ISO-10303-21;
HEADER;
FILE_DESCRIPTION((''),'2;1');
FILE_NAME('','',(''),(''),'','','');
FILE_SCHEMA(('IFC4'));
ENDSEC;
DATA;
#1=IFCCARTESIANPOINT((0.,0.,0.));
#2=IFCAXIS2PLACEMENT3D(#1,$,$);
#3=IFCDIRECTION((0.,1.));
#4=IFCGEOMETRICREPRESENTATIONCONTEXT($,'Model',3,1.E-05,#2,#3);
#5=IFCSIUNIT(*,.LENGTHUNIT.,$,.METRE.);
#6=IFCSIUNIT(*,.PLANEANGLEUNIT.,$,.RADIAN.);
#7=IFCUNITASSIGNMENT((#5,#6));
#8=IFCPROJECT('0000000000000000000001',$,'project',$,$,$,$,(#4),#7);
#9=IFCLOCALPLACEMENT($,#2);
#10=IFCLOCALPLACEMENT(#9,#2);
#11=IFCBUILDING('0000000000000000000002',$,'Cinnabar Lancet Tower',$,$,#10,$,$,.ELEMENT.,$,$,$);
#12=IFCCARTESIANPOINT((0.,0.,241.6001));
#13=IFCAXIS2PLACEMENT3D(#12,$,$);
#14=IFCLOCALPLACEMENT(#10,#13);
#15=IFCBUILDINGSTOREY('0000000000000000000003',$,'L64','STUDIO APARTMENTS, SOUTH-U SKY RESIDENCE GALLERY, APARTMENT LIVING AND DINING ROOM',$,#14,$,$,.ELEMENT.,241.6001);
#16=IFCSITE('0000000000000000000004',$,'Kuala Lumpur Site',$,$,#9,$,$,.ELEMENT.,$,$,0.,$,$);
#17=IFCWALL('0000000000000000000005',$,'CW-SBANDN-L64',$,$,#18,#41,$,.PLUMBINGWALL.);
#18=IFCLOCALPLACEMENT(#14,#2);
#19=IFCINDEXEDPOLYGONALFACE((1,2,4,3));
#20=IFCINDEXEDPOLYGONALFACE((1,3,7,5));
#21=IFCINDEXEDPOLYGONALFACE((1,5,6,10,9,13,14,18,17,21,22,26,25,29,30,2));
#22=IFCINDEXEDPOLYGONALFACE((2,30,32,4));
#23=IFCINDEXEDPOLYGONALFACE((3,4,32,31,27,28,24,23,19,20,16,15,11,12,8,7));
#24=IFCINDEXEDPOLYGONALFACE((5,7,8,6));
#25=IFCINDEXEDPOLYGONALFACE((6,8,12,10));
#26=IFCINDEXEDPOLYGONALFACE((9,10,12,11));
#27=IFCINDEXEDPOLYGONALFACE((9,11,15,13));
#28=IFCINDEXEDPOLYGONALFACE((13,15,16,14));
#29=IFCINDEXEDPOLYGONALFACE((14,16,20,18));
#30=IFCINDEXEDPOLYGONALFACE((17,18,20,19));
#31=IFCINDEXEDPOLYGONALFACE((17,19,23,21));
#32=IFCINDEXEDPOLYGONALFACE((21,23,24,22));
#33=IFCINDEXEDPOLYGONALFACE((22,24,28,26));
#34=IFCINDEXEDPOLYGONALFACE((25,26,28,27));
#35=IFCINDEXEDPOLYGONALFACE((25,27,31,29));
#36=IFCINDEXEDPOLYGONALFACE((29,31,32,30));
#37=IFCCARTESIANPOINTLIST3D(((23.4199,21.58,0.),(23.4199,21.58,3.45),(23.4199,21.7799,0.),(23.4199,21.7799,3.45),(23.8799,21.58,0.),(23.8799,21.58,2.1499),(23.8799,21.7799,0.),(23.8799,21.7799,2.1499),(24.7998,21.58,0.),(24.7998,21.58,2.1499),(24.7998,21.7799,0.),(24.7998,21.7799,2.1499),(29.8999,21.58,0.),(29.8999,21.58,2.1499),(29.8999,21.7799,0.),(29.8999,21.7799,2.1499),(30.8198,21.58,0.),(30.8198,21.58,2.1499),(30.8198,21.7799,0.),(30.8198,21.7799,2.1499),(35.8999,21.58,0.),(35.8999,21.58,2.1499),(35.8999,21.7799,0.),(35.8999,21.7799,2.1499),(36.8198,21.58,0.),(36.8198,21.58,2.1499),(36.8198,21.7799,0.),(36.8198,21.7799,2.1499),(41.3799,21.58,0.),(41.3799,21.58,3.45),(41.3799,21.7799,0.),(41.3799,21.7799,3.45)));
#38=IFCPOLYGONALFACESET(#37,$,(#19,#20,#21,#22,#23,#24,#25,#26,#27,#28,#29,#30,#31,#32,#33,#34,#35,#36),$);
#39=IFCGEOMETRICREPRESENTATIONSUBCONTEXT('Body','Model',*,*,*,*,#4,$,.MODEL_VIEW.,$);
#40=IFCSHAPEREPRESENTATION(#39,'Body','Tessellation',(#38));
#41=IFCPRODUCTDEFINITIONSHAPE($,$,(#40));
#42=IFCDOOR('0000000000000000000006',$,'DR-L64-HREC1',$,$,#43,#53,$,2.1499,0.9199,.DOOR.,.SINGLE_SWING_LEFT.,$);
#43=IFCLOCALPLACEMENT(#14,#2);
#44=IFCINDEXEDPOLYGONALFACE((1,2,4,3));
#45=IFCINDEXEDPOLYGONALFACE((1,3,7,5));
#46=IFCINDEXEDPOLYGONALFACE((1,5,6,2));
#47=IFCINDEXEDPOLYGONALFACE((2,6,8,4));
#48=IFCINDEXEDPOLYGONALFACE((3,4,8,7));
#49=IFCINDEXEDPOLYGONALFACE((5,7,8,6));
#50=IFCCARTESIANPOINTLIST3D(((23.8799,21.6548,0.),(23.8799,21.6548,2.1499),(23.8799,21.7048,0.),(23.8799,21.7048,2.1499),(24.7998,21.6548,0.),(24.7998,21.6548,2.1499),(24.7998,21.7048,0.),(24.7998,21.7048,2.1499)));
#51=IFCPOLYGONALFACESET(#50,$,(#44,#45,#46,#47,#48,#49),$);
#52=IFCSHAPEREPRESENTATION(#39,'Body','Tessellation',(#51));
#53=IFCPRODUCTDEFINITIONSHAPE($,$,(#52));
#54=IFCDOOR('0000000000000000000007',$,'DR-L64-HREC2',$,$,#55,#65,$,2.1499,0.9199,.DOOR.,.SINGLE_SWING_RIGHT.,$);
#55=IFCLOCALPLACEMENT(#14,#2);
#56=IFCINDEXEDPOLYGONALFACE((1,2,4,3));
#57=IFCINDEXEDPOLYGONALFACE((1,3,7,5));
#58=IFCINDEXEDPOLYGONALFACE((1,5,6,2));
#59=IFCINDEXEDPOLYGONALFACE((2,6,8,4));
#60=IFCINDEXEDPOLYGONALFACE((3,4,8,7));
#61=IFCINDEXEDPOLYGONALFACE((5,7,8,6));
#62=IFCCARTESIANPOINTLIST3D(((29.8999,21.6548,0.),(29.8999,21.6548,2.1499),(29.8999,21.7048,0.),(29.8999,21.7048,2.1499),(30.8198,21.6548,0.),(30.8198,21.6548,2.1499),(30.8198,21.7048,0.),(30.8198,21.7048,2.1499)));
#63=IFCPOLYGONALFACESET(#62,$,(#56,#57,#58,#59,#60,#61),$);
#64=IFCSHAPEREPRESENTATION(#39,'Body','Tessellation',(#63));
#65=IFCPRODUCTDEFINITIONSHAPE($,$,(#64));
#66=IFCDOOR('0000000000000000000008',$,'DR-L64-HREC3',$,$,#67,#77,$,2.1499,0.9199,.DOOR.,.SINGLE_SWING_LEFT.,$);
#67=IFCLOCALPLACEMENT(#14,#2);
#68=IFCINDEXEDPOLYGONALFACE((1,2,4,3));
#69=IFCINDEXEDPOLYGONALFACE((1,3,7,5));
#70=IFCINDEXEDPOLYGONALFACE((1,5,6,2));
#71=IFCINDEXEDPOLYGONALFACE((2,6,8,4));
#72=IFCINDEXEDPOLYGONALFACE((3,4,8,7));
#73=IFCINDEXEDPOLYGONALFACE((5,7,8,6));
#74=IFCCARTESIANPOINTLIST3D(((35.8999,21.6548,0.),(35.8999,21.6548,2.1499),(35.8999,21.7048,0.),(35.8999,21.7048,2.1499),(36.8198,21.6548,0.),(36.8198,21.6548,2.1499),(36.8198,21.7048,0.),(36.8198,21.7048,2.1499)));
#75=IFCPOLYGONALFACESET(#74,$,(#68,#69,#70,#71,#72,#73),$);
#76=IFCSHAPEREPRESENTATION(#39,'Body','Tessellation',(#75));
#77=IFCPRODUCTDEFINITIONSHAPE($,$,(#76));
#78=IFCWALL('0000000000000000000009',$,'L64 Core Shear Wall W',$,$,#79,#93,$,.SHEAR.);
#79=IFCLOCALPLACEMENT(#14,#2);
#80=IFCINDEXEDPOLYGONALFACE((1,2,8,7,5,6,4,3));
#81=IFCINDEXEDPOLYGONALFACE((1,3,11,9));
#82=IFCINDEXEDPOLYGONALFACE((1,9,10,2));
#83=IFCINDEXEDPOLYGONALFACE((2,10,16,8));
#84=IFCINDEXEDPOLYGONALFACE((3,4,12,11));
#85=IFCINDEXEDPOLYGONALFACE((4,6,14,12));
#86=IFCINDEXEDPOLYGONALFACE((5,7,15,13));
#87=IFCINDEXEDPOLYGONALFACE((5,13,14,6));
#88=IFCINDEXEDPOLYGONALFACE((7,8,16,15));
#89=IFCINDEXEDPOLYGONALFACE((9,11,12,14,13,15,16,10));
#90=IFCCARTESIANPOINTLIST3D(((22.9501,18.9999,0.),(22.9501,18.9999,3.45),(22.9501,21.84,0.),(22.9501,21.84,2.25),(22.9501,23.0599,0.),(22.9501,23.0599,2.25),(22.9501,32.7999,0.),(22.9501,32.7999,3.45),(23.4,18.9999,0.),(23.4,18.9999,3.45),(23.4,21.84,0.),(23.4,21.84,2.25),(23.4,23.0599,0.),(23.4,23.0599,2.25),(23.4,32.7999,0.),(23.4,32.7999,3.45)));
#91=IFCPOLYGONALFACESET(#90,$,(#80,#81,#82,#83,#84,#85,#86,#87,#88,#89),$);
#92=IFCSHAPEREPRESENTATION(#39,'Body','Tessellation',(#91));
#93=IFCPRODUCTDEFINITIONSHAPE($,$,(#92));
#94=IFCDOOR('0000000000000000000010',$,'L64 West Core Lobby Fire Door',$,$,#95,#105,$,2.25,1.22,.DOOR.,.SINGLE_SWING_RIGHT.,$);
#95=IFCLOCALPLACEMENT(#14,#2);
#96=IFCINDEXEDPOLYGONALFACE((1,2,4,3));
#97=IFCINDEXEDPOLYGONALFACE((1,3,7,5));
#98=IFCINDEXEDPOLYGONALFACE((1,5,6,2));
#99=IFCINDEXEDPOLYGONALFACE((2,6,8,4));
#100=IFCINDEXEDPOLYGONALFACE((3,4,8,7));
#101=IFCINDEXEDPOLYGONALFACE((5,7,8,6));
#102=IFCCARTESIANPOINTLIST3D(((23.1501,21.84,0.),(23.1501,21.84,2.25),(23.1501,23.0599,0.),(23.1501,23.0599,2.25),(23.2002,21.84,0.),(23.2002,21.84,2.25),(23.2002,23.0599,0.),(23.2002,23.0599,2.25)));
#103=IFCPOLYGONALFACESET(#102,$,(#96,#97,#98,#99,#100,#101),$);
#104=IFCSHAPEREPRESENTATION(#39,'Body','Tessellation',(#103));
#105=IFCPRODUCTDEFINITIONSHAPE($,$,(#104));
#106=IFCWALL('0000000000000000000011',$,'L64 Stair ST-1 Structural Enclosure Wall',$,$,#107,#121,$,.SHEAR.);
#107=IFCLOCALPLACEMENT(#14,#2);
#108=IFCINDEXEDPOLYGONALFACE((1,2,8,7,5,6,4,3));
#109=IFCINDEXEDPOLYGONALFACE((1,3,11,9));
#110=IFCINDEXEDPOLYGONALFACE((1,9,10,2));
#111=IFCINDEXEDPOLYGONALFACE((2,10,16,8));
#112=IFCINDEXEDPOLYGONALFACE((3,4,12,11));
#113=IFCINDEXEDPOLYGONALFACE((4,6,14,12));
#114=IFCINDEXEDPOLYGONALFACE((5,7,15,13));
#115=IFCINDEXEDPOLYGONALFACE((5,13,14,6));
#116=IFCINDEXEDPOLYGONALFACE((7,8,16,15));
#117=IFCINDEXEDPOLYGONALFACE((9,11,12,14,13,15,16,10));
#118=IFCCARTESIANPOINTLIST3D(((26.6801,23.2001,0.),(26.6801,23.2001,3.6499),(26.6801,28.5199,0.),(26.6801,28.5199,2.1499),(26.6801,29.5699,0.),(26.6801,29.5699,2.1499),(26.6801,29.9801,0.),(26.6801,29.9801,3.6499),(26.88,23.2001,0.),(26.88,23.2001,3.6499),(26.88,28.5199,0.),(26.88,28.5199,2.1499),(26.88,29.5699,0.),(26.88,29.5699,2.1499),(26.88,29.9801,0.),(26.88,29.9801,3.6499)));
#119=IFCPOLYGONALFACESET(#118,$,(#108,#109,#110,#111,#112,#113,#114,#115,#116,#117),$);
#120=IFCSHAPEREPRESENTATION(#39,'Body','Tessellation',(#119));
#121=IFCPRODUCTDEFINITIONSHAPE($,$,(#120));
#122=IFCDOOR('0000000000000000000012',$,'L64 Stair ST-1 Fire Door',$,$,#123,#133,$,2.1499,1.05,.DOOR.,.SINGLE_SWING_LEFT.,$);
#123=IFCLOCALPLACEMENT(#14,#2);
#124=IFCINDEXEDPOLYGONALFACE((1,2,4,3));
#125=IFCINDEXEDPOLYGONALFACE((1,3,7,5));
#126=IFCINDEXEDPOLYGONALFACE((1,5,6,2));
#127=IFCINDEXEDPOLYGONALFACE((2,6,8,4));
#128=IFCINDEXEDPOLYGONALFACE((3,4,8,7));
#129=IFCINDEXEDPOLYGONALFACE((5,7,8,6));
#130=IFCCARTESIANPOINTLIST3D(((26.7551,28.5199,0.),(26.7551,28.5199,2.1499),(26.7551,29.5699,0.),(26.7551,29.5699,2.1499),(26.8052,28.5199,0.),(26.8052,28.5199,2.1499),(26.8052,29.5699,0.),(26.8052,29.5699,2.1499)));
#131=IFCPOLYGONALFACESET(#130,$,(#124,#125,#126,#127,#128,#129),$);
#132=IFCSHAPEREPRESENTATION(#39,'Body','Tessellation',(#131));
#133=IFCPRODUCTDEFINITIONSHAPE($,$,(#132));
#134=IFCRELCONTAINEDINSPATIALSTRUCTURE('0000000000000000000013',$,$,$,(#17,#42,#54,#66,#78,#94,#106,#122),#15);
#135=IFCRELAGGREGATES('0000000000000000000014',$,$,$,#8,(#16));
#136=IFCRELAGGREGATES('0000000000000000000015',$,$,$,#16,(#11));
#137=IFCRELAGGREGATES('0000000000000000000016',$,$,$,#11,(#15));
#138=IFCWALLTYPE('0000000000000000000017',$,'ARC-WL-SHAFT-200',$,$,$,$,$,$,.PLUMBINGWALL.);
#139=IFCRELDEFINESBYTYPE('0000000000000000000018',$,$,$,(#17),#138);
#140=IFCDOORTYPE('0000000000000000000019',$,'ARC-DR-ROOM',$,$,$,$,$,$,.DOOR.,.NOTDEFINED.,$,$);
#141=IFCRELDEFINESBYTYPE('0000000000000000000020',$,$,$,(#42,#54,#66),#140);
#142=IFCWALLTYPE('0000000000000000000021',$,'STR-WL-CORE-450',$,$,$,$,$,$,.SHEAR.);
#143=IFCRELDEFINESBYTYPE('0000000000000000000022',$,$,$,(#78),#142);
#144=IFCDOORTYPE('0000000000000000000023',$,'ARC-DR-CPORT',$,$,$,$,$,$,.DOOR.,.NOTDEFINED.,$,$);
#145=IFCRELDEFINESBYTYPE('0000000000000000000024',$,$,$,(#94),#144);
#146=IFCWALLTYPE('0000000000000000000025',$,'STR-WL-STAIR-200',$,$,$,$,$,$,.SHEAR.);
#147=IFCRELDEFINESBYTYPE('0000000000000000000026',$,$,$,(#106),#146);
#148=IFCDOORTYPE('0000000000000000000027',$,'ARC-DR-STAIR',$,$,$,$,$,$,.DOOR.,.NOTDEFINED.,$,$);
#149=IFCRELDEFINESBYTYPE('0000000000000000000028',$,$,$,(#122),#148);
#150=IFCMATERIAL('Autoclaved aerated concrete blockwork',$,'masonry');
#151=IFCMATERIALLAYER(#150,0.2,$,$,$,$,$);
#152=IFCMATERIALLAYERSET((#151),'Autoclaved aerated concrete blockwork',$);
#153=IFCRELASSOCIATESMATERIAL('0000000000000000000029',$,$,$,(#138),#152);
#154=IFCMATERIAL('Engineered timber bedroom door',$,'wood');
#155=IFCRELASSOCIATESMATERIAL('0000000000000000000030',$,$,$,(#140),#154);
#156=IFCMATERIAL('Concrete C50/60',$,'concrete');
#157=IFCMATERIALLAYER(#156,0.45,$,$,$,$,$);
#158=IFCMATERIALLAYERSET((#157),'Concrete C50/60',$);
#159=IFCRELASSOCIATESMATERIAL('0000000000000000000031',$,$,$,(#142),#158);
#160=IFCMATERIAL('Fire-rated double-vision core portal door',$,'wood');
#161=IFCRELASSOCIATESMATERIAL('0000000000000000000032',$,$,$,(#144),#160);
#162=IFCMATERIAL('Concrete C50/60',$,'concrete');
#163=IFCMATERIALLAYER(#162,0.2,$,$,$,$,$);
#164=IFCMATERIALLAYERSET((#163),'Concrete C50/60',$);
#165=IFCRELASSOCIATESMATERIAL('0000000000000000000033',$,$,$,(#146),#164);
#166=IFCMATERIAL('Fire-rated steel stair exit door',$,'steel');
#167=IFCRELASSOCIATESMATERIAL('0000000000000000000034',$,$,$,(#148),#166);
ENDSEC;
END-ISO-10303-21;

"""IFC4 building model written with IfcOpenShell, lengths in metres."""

from ifc_helpers import new_model, si_unit, direction, frame, frame_2d, origin, place, context, subcontext, project, spatial, rectangle, extrude, material, layer, layer_set, type_object, element, fill, save


model = new_model("IFC4")

# Units and contexts
model_context = context("Model", 3, precision=1e-05, world=origin(), true_north=direction((0.0, 1.0)))
body_context = subcontext(model_context, "Body", "Model", "MODEL_VIEW")
ifc_project = project(units=[si_unit("LENGTHUNIT", "METRE"), si_unit("PLANEANGLEUNIT", "RADIAN")], contexts=[model_context])

# Site, building, storey
site_placement = place(None, origin())
site = spatial("IfcSite", under=ifc_project, at=site_placement, Name="Kuala Lumpur Site", CompositionType="ELEMENT", RefElevation=0.0)
building_placement = place(site_placement, origin())
building = spatial("IfcBuilding", under=site, at=building_placement, Name="Cinnabar Lancet Tower", CompositionType="ELEMENT")
storey_placement = place(building_placement, frame((0.0, 0.0, 241.6001)))
storey = spatial("IfcBuildingStorey", under=building, at=storey_placement, Name="L64", Description="STUDIO APARTMENTS, SOUTH-U SKY RESIDENCE GALLERY, APARTMENT LIVING AND DINING ROOM", CompositionType="ELEMENT", Elevation=241.6001)

# Shared definitions
ifc_material_1 = material(Name="Autoclaved aerated concrete blockwork", Category="masonry")
ifc_layer_1 = layer(ifc_material_1, 0.2)
ifc_layer_set_1 = layer_set([ifc_layer_1], Name="Autoclaved aerated concrete blockwork")
wall_type_1 = type_object("IfcWallType", Name="ARC-WL-SHAFT-200", PredefinedType="PLUMBINGWALL", material=ifc_layer_set_1)

# Wall, openings, doors
wall_1_placement = place(storey_placement, frame((23.4199, 21.6799, 0.0), z_axis=(0.0, 0.0, 1.0), x_axis=(1.0, 0.0, 0.0)))
wall_1 = element("IfcWall", 1, at=wall_1_placement, inside=storey, type_object=wall_type_1, Name="CW-SBANDN-L64", PredefinedType="PLUMBINGWALL", context=body_context, shape_type="SweptSolid", body=[
    extrude(rectangle(XDim=17.96, YDim=0.2, at=frame_2d((8.98, 0.0))), origin(), (0.0, 0.0, 1.0), 3.45),
])
opening_1_placement = place(wall_1_placement, frame((0.46, 0.0, 0.0)))
opening_1 = element("IfcOpeningElement", 2, at=opening_1_placement, cuts=wall_1, PredefinedType="OPENING", context=body_context, shape_type="SweptSolid", body=[
    extrude(rectangle(XDim=0.9199, YDim=2.1499, at=frame_2d((0.46, 1.075))), frame((0.0, 0.1099, 0.0), z_axis=(0.0, -1.0, 0.0), x_axis=(1.0, 0.0, 0.0)), (0.0, 0.0, 1.0), 0.22),
])
opening_2_placement = place(wall_1_placement, frame((6.48, 0.0, 0.0)))
opening_2 = element("IfcOpeningElement", 3, at=opening_2_placement, cuts=wall_1, PredefinedType="OPENING", context=body_context, shape_type="SweptSolid", body=[
    extrude(rectangle(XDim=0.9199, YDim=2.1499, at=frame_2d((0.46, 1.075))), frame((0.0, 0.1099, 0.0), z_axis=(0.0, -1.0, 0.0), x_axis=(1.0, 0.0, 0.0)), (0.0, 0.0, 1.0), 0.22),
])
opening_3_placement = place(wall_1_placement, frame((12.48, 0.0, 0.0)))
opening_3 = element("IfcOpeningElement", 4, at=opening_3_placement, cuts=wall_1, PredefinedType="OPENING", context=body_context, shape_type="SweptSolid", body=[
    extrude(rectangle(XDim=0.9199, YDim=2.1499, at=frame_2d((0.46, 1.075))), frame((0.0, 0.1099, 0.0), z_axis=(0.0, -1.0, 0.0), x_axis=(1.0, 0.0, 0.0)), (0.0, 0.0, 1.0), 0.22),
])
ifc_material_2 = material(Name="Engineered timber bedroom door", Category="wood")
door_type_1 = type_object("IfcDoorType", Name="ARC-DR-ROOM", OperationType="NOTDEFINED", PredefinedType="DOOR", material=ifc_material_2)
door_1_placement = place(opening_1_placement, origin())
door_1 = element("IfcDoor", 5, at=door_1_placement, inside=storey, type_object=door_type_1, Name="DR-L64-HREC1", OperationType="SINGLE_SWING_LEFT", OverallHeight=2.1499, OverallWidth=0.9199, PredefinedType="DOOR", context=body_context, shape_type="SweptSolid", body=[
    extrude(rectangle(XDim=0.9199, YDim=2.1499, at=frame_2d((0.46, 1.075))), frame((0.0, 0.0249, 0.0), z_axis=(0.0, -1.0, 0.0), x_axis=(1.0, 0.0, 0.0)), (0.0, 0.0, 1.0), 0.05),
])
fill(opening_1, door_1)
door_2_placement = place(opening_2_placement, origin())
door_2 = element("IfcDoor", 6, at=door_2_placement, inside=storey, type_object=door_type_1, Name="DR-L64-HREC2", OperationType="SINGLE_SWING_RIGHT", OverallHeight=2.1499, OverallWidth=0.9199, PredefinedType="DOOR", context=body_context, shape_type="SweptSolid", body=[
    extrude(rectangle(XDim=0.9199, YDim=2.1499, at=frame_2d((0.46, 1.075))), frame((0.0, 0.0249, 0.0), z_axis=(0.0, -1.0, 0.0), x_axis=(1.0, 0.0, 0.0)), (0.0, 0.0, 1.0), 0.05),
])
fill(opening_2, door_2)
door_3_placement = place(opening_3_placement, origin())
door_3 = element("IfcDoor", 7, at=door_3_placement, inside=storey, type_object=door_type_1, Name="DR-L64-HREC3", OperationType="SINGLE_SWING_LEFT", OverallHeight=2.1499, OverallWidth=0.9199, PredefinedType="DOOR", context=body_context, shape_type="SweptSolid", body=[
    extrude(rectangle(XDim=0.9199, YDim=2.1499, at=frame_2d((0.46, 1.075))), frame((0.0, 0.0249, 0.0), z_axis=(0.0, -1.0, 0.0), x_axis=(1.0, 0.0, 0.0)), (0.0, 0.0, 1.0), 0.05),
])
fill(opening_3, door_3)

# Walls, openings, doors
ifc_material_3 = material(Name="Concrete C50/60", Category="concrete")
ifc_layer_2 = layer(ifc_material_3, 0.45)
ifc_layer_set_2 = layer_set([ifc_layer_2], Name="Concrete C50/60")
wall_type_2 = type_object("IfcWallType", Name="STR-WL-CORE-450", PredefinedType="SHEAR", material=ifc_layer_set_2)
wall_2_placement = place(storey_placement, frame((23.175, 19.0, 0.0), z_axis=(0.0, 0.0, 1.0), x_axis=(0.0, 1.0, 0.0)))
wall_2 = element("IfcWall", 8, at=wall_2_placement, inside=storey, type_object=wall_type_2, Name="L64 Core Shear Wall W", PredefinedType="SHEAR", context=body_context, shape_type="SweptSolid", body=[
    extrude(rectangle(XDim=13.8, YDim=0.45, at=frame_2d((6.8999, 0.0))), origin(), (0.0, 0.0, 1.0), 3.45),
])
opening_4_placement = place(wall_2_placement, frame((2.8401, 0.0, 0.0)))
opening_4 = element("IfcOpeningElement", 9, at=opening_4_placement, cuts=wall_2, PredefinedType="OPENING", context=body_context, shape_type="SweptSolid", body=[
    extrude(rectangle(XDim=1.22, YDim=2.25, at=frame_2d((0.6099, 1.125))), frame((0.0, 0.2349, 0.0), z_axis=(0.0, -1.0, 0.0), x_axis=(1.0, 0.0, 0.0)), (0.0, 0.0, 1.0), 0.47),
])
ifc_material_4 = material(Name="Fire-rated double-vision core portal door", Category="wood")
door_type_2 = type_object("IfcDoorType", Name="ARC-DR-CPORT", OperationType="NOTDEFINED", PredefinedType="DOOR", material=ifc_material_4)
door_4_placement = place(opening_4_placement, origin())
door_4 = element("IfcDoor", 10, at=door_4_placement, inside=storey, type_object=door_type_2, Name="L64 West Core Lobby Fire Door", OperationType="SINGLE_SWING_RIGHT", OverallHeight=2.25, OverallWidth=1.22, PredefinedType="DOOR", context=body_context, shape_type="SweptSolid", body=[
    extrude(rectangle(XDim=1.22, YDim=2.25, at=frame_2d((0.6099, 1.125))), frame((0.0, 0.0249, 0.0), z_axis=(0.0, -1.0, 0.0), x_axis=(1.0, 0.0, 0.0)), (0.0, 0.0, 1.0), 0.05),
])
fill(opening_4, door_4)
ifc_material_5 = material(Name="Concrete C50/60", Category="concrete")
ifc_layer_3 = layer(ifc_material_5, 0.2)
ifc_layer_set_3 = layer_set([ifc_layer_3], Name="Concrete C50/60")
wall_type_3 = type_object("IfcWallType", Name="STR-WL-STAIR-200", PredefinedType="SHEAR", material=ifc_layer_set_3)
wall_3_placement = place(storey_placement, frame((26.78, 23.2, 0.0), z_axis=(0.0, 0.0, 1.0), x_axis=(0.0, 1.0, 0.0)))
wall_3 = element("IfcWall", 11, at=wall_3_placement, inside=storey, type_object=wall_type_3, Name="L64 Stair ST-1 Structural Enclosure Wall", PredefinedType="SHEAR", context=body_context, shape_type="SweptSolid", body=[
    extrude(rectangle(XDim=6.78, YDim=0.2, at=frame_2d((3.3901, 0.0))), origin(), (0.0, 0.0, 1.0), 3.6499),
])
opening_5_placement = place(wall_3_placement, frame((5.3201, 0.0, 0.0)))
opening_5 = element("IfcOpeningElement", 12, at=opening_5_placement, cuts=wall_3, PredefinedType="OPENING", context=body_context, shape_type="SweptSolid", body=[
    extrude(rectangle(XDim=1.05, YDim=2.1499, at=frame_2d((0.5249, 1.075))), frame((0.0, 0.1099, 0.0), z_axis=(0.0, -1.0, 0.0), x_axis=(1.0, 0.0, 0.0)), (0.0, 0.0, 1.0), 0.22),
])
ifc_material_6 = material(Name="Fire-rated steel stair exit door", Category="steel")
door_type_3 = type_object("IfcDoorType", Name="ARC-DR-STAIR", OperationType="NOTDEFINED", PredefinedType="DOOR", material=ifc_material_6)
door_5_placement = place(opening_5_placement, origin())
door_5 = element("IfcDoor", 13, at=door_5_placement, inside=storey, type_object=door_type_3, Name="L64 Stair ST-1 Fire Door", OperationType="SINGLE_SWING_LEFT", OverallHeight=2.1499, OverallWidth=1.05, PredefinedType="DOOR", context=body_context, shape_type="SweptSolid", body=[
    extrude(rectangle(XDim=1.05, YDim=2.1499, at=frame_2d((0.5249, 1.075))), frame((0.0, 0.0249, 0.0), z_axis=(0.0, -1.0, 0.0), x_axis=(1.0, 0.0, 0.0)), (0.0, 0.0, 1.0), 0.05),
])
fill(opening_5, door_5)

save(model, "model.ifc")
